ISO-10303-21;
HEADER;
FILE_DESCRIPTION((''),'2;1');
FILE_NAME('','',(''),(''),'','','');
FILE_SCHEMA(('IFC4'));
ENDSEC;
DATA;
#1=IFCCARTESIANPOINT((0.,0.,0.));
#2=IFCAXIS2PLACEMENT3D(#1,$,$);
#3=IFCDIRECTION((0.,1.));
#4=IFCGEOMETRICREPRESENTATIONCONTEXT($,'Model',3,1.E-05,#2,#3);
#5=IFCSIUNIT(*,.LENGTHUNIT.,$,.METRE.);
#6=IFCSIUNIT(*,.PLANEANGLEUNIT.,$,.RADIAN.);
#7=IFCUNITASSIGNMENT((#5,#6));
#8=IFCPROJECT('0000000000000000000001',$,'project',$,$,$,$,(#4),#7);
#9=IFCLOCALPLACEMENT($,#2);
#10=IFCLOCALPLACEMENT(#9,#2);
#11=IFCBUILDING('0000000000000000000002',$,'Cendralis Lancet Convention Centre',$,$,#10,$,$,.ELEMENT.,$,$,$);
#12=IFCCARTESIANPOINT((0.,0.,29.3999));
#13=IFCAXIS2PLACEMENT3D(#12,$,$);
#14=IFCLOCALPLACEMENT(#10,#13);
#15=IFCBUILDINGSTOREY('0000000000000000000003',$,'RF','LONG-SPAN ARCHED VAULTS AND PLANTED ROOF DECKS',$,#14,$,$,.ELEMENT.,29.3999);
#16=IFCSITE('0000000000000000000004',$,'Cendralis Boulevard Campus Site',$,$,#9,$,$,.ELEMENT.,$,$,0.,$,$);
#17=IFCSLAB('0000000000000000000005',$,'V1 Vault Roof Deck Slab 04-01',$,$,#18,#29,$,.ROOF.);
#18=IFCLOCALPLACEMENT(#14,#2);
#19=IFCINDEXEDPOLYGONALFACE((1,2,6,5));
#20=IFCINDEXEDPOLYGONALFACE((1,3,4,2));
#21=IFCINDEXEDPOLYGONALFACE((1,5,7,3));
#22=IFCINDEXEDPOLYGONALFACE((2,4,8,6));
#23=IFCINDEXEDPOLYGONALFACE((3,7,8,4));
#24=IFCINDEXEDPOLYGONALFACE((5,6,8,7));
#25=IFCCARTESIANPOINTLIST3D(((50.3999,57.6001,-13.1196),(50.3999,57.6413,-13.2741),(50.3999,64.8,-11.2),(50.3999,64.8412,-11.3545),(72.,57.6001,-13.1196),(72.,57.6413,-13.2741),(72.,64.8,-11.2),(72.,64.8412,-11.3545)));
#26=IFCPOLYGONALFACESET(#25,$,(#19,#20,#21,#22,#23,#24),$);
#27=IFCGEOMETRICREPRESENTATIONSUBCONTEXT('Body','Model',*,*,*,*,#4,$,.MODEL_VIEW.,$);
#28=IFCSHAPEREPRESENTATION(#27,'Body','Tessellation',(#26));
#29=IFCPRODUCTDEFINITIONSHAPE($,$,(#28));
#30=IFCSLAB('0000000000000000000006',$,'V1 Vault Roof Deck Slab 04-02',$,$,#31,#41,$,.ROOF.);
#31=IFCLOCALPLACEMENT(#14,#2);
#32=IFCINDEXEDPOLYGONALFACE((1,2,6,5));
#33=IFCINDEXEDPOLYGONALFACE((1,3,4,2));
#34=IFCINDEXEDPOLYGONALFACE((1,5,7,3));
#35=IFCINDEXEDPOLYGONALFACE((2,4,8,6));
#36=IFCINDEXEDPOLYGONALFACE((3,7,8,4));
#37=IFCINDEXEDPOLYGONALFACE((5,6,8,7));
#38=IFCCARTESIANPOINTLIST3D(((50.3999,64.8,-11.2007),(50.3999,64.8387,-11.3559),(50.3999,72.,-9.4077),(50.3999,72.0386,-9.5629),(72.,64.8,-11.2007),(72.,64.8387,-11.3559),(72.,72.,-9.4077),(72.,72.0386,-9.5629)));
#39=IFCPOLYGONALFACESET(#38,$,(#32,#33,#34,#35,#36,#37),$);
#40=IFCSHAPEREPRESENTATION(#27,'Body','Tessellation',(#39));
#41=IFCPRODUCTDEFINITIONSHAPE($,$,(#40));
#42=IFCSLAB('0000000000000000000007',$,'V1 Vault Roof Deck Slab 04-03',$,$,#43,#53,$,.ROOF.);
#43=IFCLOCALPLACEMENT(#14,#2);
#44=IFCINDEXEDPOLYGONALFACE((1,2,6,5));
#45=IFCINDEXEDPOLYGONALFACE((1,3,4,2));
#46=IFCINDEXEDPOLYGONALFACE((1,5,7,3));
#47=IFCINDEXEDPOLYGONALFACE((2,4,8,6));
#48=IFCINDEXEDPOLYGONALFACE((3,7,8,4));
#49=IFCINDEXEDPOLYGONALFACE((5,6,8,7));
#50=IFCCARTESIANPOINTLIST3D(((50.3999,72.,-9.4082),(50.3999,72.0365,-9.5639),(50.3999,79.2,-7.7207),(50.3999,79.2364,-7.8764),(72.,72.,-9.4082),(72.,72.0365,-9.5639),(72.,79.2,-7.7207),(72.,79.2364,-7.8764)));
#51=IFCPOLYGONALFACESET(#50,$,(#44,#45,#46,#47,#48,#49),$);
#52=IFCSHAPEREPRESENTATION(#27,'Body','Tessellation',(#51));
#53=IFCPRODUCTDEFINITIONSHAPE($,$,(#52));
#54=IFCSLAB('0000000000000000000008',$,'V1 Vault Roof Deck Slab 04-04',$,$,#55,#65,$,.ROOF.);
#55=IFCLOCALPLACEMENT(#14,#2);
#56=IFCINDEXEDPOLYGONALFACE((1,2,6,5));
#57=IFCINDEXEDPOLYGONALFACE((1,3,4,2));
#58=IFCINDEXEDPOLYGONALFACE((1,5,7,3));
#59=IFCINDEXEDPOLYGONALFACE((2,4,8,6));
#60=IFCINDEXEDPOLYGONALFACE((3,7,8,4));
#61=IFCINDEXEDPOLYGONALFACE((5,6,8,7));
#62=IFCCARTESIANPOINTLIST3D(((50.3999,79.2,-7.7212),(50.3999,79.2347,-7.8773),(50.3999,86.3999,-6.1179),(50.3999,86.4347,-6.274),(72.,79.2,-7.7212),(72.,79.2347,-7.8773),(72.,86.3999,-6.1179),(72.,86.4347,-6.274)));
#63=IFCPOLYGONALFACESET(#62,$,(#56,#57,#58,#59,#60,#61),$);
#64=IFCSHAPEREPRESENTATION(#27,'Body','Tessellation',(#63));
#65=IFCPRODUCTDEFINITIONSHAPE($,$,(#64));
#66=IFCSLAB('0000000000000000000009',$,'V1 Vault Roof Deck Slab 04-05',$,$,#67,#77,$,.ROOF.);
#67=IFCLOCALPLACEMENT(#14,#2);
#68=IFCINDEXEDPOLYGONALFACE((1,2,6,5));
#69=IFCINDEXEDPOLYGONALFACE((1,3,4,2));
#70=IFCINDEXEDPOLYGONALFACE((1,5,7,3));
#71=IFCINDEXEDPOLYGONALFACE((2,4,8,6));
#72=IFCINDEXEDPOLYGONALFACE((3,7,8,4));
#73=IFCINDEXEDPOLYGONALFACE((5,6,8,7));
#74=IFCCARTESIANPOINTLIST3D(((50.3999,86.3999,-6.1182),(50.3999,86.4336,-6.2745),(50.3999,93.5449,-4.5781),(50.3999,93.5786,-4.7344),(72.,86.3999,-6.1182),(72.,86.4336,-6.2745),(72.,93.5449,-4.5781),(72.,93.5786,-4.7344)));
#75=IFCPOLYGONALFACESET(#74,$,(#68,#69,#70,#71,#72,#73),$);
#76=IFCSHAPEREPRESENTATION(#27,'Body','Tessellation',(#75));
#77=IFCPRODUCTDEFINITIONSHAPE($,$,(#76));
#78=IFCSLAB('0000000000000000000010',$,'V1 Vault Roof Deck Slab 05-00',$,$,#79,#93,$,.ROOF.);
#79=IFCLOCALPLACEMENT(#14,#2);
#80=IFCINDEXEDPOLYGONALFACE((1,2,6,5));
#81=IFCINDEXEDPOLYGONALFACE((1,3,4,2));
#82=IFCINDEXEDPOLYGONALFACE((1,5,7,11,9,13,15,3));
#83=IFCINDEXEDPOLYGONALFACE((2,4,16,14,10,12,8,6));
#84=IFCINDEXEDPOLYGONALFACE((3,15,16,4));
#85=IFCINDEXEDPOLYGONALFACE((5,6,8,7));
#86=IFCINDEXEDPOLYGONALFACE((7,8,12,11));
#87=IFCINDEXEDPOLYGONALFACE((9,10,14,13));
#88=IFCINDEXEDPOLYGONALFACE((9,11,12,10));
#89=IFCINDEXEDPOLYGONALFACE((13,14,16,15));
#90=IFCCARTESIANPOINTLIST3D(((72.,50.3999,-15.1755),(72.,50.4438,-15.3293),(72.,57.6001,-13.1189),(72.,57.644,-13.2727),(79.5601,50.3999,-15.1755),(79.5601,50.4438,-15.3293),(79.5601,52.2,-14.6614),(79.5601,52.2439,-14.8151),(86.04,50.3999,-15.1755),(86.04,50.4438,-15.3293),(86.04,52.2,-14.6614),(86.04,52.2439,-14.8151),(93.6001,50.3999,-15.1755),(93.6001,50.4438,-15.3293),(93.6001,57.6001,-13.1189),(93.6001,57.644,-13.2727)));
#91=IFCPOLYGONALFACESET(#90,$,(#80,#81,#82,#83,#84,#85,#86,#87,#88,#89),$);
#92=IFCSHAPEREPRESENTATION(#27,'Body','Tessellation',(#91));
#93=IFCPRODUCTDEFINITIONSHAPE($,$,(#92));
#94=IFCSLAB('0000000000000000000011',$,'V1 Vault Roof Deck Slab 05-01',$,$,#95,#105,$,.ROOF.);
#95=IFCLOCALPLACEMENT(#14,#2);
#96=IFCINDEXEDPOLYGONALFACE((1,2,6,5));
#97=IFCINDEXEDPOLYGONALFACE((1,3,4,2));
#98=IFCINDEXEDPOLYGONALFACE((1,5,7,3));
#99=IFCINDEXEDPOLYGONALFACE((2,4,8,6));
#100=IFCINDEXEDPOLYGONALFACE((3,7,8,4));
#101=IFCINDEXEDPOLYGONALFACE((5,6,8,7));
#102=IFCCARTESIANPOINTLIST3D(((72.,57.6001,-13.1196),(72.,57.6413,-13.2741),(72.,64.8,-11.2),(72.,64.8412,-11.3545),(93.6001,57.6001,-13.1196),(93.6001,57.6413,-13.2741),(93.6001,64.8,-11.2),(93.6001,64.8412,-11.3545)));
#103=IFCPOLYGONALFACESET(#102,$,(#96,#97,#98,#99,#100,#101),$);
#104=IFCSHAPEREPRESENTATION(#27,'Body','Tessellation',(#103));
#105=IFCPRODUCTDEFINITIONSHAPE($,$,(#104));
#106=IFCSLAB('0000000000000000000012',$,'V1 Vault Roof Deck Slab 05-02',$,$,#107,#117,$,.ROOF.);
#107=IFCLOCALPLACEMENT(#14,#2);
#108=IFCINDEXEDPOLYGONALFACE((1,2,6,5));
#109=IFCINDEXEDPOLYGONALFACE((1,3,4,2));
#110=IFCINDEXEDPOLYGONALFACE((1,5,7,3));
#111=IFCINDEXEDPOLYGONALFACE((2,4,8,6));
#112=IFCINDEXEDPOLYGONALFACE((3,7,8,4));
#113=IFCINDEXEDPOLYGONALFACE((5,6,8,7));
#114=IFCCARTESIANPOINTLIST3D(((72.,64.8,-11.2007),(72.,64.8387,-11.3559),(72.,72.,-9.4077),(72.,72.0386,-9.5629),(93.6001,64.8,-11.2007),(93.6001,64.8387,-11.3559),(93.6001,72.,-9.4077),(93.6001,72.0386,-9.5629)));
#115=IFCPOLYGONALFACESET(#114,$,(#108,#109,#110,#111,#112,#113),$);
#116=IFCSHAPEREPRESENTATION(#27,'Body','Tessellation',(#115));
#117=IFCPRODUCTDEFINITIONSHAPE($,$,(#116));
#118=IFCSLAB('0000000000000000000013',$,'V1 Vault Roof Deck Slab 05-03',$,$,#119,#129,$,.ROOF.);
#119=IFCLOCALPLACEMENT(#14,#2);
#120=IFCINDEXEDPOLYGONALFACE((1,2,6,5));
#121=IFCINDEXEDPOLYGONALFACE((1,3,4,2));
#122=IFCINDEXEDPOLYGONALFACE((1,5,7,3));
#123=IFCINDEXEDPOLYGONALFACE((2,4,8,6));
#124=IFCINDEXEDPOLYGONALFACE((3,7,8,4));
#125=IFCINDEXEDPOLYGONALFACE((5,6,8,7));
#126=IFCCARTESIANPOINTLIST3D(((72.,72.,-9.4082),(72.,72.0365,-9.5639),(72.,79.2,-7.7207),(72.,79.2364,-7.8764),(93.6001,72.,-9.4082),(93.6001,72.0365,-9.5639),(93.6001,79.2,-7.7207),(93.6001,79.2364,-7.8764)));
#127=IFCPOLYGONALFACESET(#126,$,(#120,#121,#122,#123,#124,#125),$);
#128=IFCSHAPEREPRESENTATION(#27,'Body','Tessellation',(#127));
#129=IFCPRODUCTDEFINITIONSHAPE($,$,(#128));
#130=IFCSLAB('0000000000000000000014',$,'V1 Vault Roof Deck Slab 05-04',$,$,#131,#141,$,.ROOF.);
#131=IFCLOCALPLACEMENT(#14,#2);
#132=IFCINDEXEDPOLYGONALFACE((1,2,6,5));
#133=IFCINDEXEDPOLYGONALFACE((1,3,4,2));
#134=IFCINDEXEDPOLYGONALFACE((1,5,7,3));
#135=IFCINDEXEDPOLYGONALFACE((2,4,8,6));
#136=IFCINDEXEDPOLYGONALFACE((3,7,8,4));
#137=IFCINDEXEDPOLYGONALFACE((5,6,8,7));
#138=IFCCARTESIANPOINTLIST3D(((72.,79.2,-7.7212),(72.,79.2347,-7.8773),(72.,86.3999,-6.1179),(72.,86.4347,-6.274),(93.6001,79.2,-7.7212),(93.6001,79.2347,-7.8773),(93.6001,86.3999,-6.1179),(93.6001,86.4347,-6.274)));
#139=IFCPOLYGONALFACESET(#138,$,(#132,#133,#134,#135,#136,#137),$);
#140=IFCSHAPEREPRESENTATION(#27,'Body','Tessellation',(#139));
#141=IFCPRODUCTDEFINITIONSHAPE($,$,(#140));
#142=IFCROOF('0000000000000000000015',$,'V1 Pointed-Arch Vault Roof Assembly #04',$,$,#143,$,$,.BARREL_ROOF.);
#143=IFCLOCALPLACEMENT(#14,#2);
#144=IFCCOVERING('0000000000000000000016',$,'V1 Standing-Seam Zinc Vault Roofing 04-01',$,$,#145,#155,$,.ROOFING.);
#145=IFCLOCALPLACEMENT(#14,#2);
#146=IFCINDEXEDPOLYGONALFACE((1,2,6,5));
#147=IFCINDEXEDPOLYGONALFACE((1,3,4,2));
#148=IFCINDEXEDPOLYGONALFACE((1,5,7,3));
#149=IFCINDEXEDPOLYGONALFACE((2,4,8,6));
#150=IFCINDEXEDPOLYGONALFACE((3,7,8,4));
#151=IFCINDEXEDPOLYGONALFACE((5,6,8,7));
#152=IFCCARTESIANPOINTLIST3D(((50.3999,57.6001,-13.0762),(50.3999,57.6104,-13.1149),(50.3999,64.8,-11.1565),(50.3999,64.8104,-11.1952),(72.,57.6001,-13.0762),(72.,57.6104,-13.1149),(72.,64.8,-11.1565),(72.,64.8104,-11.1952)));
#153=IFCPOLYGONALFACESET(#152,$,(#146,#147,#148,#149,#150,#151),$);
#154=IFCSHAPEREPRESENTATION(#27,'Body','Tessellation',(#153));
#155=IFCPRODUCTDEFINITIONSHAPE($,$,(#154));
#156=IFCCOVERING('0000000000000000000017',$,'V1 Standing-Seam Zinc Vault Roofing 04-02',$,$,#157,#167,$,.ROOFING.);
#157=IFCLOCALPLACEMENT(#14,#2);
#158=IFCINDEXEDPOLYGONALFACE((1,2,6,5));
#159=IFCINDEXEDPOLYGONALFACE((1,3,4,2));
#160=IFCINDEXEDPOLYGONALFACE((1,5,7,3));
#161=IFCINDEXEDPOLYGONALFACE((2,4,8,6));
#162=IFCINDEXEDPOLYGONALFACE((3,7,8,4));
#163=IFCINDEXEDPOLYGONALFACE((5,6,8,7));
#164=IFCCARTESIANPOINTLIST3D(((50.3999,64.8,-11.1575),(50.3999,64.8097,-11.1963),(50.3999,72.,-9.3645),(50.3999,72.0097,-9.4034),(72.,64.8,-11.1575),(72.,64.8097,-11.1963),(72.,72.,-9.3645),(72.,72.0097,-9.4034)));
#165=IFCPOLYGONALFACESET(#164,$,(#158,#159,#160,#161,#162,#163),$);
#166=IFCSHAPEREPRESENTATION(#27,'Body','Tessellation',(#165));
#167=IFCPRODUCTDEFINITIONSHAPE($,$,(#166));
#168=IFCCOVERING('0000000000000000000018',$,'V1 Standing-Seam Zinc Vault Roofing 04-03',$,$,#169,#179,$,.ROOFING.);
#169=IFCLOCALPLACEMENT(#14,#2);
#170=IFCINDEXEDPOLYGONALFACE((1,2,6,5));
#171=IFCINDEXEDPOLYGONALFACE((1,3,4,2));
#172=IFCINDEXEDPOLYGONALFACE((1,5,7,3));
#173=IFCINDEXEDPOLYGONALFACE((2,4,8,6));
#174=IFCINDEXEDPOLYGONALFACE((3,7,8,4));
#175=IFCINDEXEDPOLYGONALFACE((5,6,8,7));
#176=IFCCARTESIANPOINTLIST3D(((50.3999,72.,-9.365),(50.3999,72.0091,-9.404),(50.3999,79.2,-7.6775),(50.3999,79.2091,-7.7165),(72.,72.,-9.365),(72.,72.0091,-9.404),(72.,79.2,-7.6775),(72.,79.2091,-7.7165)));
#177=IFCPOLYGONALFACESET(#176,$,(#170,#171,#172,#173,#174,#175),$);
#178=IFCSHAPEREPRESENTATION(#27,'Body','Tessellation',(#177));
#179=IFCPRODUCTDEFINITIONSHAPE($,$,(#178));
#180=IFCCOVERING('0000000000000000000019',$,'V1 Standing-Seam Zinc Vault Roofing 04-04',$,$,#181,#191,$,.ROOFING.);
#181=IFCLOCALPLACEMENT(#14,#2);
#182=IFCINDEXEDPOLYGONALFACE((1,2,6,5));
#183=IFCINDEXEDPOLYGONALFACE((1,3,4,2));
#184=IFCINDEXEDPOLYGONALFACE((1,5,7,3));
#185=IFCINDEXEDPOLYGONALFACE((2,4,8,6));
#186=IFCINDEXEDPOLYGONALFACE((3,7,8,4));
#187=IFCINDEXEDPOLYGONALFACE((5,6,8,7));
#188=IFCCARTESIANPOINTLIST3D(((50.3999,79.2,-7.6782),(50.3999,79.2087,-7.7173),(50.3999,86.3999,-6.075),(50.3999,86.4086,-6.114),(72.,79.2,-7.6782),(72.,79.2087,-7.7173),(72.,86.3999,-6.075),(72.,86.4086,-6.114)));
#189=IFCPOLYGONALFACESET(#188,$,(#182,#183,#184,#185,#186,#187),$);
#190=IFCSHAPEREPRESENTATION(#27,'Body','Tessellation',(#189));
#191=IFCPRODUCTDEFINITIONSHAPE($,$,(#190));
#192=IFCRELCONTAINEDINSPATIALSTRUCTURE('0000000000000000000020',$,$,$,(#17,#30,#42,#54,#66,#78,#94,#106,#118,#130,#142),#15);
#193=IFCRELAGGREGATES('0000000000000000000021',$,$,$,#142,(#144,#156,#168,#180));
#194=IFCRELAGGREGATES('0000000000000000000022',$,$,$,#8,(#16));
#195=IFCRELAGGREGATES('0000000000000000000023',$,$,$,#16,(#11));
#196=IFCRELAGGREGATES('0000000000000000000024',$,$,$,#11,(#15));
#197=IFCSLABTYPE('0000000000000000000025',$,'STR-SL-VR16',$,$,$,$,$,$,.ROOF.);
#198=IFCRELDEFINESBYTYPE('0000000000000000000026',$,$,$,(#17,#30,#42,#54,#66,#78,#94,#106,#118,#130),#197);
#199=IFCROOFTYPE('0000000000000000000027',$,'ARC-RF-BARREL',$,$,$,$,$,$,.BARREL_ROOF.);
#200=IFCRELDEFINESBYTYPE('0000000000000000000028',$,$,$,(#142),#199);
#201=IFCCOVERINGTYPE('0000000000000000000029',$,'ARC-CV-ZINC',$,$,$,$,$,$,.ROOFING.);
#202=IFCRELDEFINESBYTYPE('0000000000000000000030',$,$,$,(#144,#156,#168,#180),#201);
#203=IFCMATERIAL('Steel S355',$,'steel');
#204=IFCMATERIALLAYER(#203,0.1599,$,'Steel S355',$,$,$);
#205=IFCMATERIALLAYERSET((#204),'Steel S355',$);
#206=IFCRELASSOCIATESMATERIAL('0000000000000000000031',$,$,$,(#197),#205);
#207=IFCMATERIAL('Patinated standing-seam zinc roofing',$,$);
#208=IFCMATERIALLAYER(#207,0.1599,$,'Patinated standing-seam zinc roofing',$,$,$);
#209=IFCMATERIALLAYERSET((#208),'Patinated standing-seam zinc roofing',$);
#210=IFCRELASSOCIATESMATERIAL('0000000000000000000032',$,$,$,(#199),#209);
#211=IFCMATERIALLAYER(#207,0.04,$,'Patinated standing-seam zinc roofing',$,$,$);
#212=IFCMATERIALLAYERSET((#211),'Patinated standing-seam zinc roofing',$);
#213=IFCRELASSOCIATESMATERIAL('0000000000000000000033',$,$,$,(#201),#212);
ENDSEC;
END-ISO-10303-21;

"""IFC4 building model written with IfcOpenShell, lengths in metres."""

from ifc_helpers import new_model, si_unit, direction, frame, origin, place, context, subcontext, project, spatial, polyline, outline, extrude, material, layer, layer_set, type_object, element, aggregate, save


model = new_model("IFC4")

# Units and contexts
model_context = context("Model", 3, precision=1e-05, world=origin(), true_north=direction((0.0, 1.0)))
body_context = subcontext(model_context, "Body", "Model", "MODEL_VIEW")
ifc_project = project(units=[si_unit("LENGTHUNIT", "METRE"), si_unit("PLANEANGLEUNIT", "RADIAN")], contexts=[model_context])

# Site, building, storey
site_placement = place(None, origin())
site = spatial("IfcSite", under=ifc_project, at=site_placement, Name="Cendralis Boulevard Campus Site", CompositionType="ELEMENT", RefElevation=0.0)
building_placement = place(site_placement, origin())
building = spatial("IfcBuilding", under=site, at=building_placement, Name="Cendralis Lancet Convention Centre", CompositionType="ELEMENT")
storey_placement = place(building_placement, frame((0.0, 0.0, 29.3999)))
storey = spatial("IfcBuildingStorey", under=building, at=storey_placement, Name="RF", Description="LONG-SPAN ARCHED VAULTS AND PLANTED ROOF DECKS", CompositionType="ELEMENT", Elevation=29.3999)

# Slabs
ifc_material_1 = material(Name="Steel S355", Category="steel")
ifc_layer_1 = layer(ifc_material_1, 0.1599, Name="Steel S355")
ifc_layer_set_1 = layer_set([ifc_layer_1], Name="Steel S355")
slab_type = type_object("IfcSlabType", Name="STR-SL-VR16", PredefinedType="ROOF", material=ifc_layer_set_1)
slab_1_placement = place(storey_placement, frame((50.3999, 57.6001, -13.1196), z_axis=(0.0, -0.257624, 0.966245), x_axis=(1.0, 0.0, 0.0)))
element("IfcSlab", 1, at=slab_1_placement, inside=storey, type_object=slab_type, Name="V1 Vault Roof Deck Slab 04-01", PredefinedType="ROOF", context=body_context, shape_type="SweptSolid", body=[
    extrude(outline(polyline([(0.0, 0.0), (21.6001, 0.0), (21.6001, 7.4515), (0.0, 7.4515), (0.0, 0.0)])), origin(), (0.0, 0.0, -1.0), 0.1599),
])
slab_2_placement = place(storey_placement, frame((50.3999, 64.8, -11.2007), z_axis=(0.0, -0.241645, 0.970365), x_axis=(1.0, 0.0, 0.0)))
element("IfcSlab", 2, at=slab_2_placement, inside=storey, type_object=slab_type, Name="V1 Vault Roof Deck Slab 04-02", PredefinedType="ROOF", context=body_context, shape_type="SweptSolid", body=[
    extrude(outline(polyline([(0.0, 0.0), (21.6001, 0.0), (21.6001, 7.4198), (0.0, 7.4198), (0.0, 0.0)])), origin(), (0.0, 0.0, -1.0), 0.1599),
])
slab_3_placement = place(storey_placement, frame((50.3999, 72.0, -9.4082), z_axis=(0.0, -0.228193, 0.973616), x_axis=(1.0, 0.0, 0.0)))
element("IfcSlab", 3, at=slab_3_placement, inside=storey, type_object=slab_type, Name="V1 Vault Roof Deck Slab 04-03", PredefinedType="ROOF", context=body_context, shape_type="SweptSolid", body=[
    extrude(outline(polyline([(0.0, 0.0), (21.6001, 0.0), (21.6001, 7.3951), (0.0, 7.3951), (0.0, 0.0)])), origin(), (0.0, 0.0, -1.0), 0.1599),
])
slab_4_placement = place(storey_placement, frame((50.3999, 79.2, -7.7212), z_axis=(0.0, -0.217354, 0.976093), x_axis=(1.0, 0.0, 0.0)))
element("IfcSlab", 4, at=slab_4_placement, inside=storey, type_object=slab_type, Name="V1 Vault Roof Deck Slab 04-04", PredefinedType="ROOF", context=body_context, shape_type="SweptSolid", body=[
    extrude(outline(polyline([(0.0, 0.0), (21.6001, 0.0), (21.6001, 7.3763), (0.0, 7.3763), (0.0, 0.0)])), origin(), (0.0, 0.0, -1.0), 0.1599),
])
slab_5_placement = place(storey_placement, frame((50.3999, 86.3999, -6.1182), z_axis=(0.0, -0.210701, 0.97755), x_axis=(1.0, 0.0, 0.0)))
element("IfcSlab", 5, at=slab_5_placement, inside=storey, type_object=slab_type, Name="V1 Vault Roof Deck Slab 04-05", PredefinedType="ROOF", context=body_context, shape_type="SweptSolid", body=[
    extrude(outline(polyline([(0.0, 0.0), (21.6001, 0.0), (21.6001, 7.3091), (0.0, 7.3091), (0.0, 0.0)])), origin(), (0.0, 0.0, -1.0), 0.1599),
])
slab_6_placement = place(storey_placement, frame((72.0, 50.3999, -15.1755), z_axis=(0.0, -0.274652, 0.961544), x_axis=(1.0, 0.0, 0.0)))
element("IfcSlab", 6, at=slab_6_placement, inside=storey, type_object=slab_type, Name="V1 Vault Roof Deck Slab 05-00", PredefinedType="ROOF", context=body_context, shape_type="SweptSolid", body=[
    extrude(outline(polyline([(0.0, 0.0), (7.5601, 0.0), (7.5601, 1.872), (14.04, 1.872), (14.04, 0.0), (21.6001, 0.0), (21.6001, 7.4882), (0.0, 7.4882), (0.0, 0.0)])), origin(), (0.0, 0.0, -1.0), 0.1599),
])
slab_7_placement = place(storey_placement, frame((72.0, 57.6001, -13.1196), z_axis=(0.0, -0.257624, 0.966245), x_axis=(1.0, 0.0, 0.0)))
element("IfcSlab", 7, at=slab_7_placement, inside=storey, type_object=slab_type, Name="V1 Vault Roof Deck Slab 05-01", PredefinedType="ROOF", context=body_context, shape_type="SweptSolid", body=[
    extrude(outline(polyline([(0.0, 0.0), (21.6001, 0.0), (21.6001, 7.4515), (0.0, 7.4515), (0.0, 0.0)])), origin(), (0.0, 0.0, -1.0), 0.1599),
])
slab_8_placement = place(storey_placement, frame((72.0, 64.8, -11.2007), z_axis=(0.0, -0.241645, 0.970365), x_axis=(1.0, 0.0, 0.0)))
element("IfcSlab", 8, at=slab_8_placement, inside=storey, type_object=slab_type, Name="V1 Vault Roof Deck Slab 05-02", PredefinedType="ROOF", context=body_context, shape_type="SweptSolid", body=[
    extrude(outline(polyline([(0.0, 0.0), (21.6001, 0.0), (21.6001, 7.4198), (0.0, 7.4198), (0.0, 0.0)])), origin(), (0.0, 0.0, -1.0), 0.1599),
])
slab_9_placement = place(storey_placement, frame((72.0, 72.0, -9.4082), z_axis=(0.0, -0.228193, 0.973616), x_axis=(1.0, 0.0, 0.0)))
element("IfcSlab", 9, at=slab_9_placement, inside=storey, type_object=slab_type, Name="V1 Vault Roof Deck Slab 05-03", PredefinedType="ROOF", context=body_context, shape_type="SweptSolid", body=[
    extrude(outline(polyline([(0.0, 0.0), (21.6001, 0.0), (21.6001, 7.3951), (0.0, 7.3951), (0.0, 0.0)])), origin(), (0.0, 0.0, -1.0), 0.1599),
])
slab_10_placement = place(storey_placement, frame((72.0, 79.2, -7.7212), z_axis=(0.0, -0.217354, 0.976093), x_axis=(1.0, 0.0, 0.0)))
element("IfcSlab", 10, at=slab_10_placement, inside=storey, type_object=slab_type, Name="V1 Vault Roof Deck Slab 05-04", PredefinedType="ROOF", context=body_context, shape_type="SweptSolid", body=[
    extrude(outline(polyline([(0.0, 0.0), (21.6001, 0.0), (21.6001, 7.3763), (0.0, 7.3763), (0.0, 0.0)])), origin(), (0.0, 0.0, -1.0), 0.1599),
])

# Roof, coverings
ifc_material_2 = material(Name="Patinated standing-seam zinc roofing")
ifc_layer_2 = layer(ifc_material_2, 0.1599, Name="Patinated standing-seam zinc roofing")
ifc_layer_set_2 = layer_set([ifc_layer_2], Name="Patinated standing-seam zinc roofing")
roof_type = type_object("IfcRoofType", Name="ARC-RF-BARREL", PredefinedType="BARREL_ROOF", material=ifc_layer_set_2)
roof_1_placement = place(storey_placement, origin())
roof_1 = element("IfcRoof", 11, at=roof_1_placement, inside=storey, type_object=roof_type, Name="V1 Pointed-Arch Vault Roof Assembly #04", PredefinedType="BARREL_ROOF")
ifc_layer_3 = layer(ifc_material_2, 0.04, Name="Patinated standing-seam zinc roofing")
ifc_layer_set_3 = layer_set([ifc_layer_3], Name="Patinated standing-seam zinc roofing")
covering_type = type_object("IfcCoveringType", Name="ARC-CV-ZINC", PredefinedType="ROOFING", material=ifc_layer_set_3)
covering_1_placement = place(storey_placement, frame((50.3999, 57.6001, -13.0762), z_axis=(0.0, -0.257624, 0.966245), x_axis=(1.0, 0.0, 0.0)))
covering_1 = element("IfcCovering", 12, at=covering_1_placement, type_object=covering_type, Name="V1 Standing-Seam Zinc Vault Roofing 04-01", PredefinedType="ROOFING", context=body_context, shape_type="SweptSolid", body=[
    extrude(outline(polyline([(0.0, 0.0), (21.6001, 0.0), (21.6001, 7.4515), (0.0, 7.4515), (0.0, 0.0)])), origin(), (0.0, 0.0, -1.0), 0.04),
])
covering_2_placement = place(storey_placement, frame((50.3999, 64.8, -11.1575), z_axis=(0.0, -0.241645, 0.970365), x_axis=(1.0, 0.0, 0.0)))
covering_2 = element("IfcCovering", 13, at=covering_2_placement, type_object=covering_type, Name="V1 Standing-Seam Zinc Vault Roofing 04-02", PredefinedType="ROOFING", context=body_context, shape_type="SweptSolid", body=[
    extrude(outline(polyline([(0.0, 0.0), (21.6001, 0.0), (21.6001, 7.4198), (0.0, 7.4198), (0.0, 0.0)])), origin(), (0.0, 0.0, -1.0), 0.04),
])
covering_3_placement = place(storey_placement, frame((50.3999, 72.0, -9.365), z_axis=(0.0, -0.228193, 0.973616), x_axis=(1.0, 0.0, 0.0)))
covering_3 = element("IfcCovering", 14, at=covering_3_placement, type_object=covering_type, Name="V1 Standing-Seam Zinc Vault Roofing 04-03", PredefinedType="ROOFING", context=body_context, shape_type="SweptSolid", body=[
    extrude(outline(polyline([(0.0, 0.0), (21.6001, 0.0), (21.6001, 7.3951), (0.0, 7.3951), (0.0, 0.0)])), origin(), (0.0, 0.0, -1.0), 0.04),
])
covering_4_placement = place(storey_placement, frame((50.3999, 79.2, -7.6782), z_axis=(0.0, -0.217354, 0.976093), x_axis=(1.0, 0.0, 0.0)))
covering_4 = element("IfcCovering", 15, at=covering_4_placement, type_object=covering_type, Name="V1 Standing-Seam Zinc Vault Roofing 04-04", PredefinedType="ROOFING", context=body_context, shape_type="SweptSolid", body=[
    extrude(outline(polyline([(0.0, 0.0), (21.6001, 0.0), (21.6001, 7.3763), (0.0, 7.3763), (0.0, 0.0)])), origin(), (0.0, 0.0, -1.0), 0.04),
])
aggregate(roof_1, [covering_1, covering_2, covering_3, covering_4])

save(model, "model.ifc")
